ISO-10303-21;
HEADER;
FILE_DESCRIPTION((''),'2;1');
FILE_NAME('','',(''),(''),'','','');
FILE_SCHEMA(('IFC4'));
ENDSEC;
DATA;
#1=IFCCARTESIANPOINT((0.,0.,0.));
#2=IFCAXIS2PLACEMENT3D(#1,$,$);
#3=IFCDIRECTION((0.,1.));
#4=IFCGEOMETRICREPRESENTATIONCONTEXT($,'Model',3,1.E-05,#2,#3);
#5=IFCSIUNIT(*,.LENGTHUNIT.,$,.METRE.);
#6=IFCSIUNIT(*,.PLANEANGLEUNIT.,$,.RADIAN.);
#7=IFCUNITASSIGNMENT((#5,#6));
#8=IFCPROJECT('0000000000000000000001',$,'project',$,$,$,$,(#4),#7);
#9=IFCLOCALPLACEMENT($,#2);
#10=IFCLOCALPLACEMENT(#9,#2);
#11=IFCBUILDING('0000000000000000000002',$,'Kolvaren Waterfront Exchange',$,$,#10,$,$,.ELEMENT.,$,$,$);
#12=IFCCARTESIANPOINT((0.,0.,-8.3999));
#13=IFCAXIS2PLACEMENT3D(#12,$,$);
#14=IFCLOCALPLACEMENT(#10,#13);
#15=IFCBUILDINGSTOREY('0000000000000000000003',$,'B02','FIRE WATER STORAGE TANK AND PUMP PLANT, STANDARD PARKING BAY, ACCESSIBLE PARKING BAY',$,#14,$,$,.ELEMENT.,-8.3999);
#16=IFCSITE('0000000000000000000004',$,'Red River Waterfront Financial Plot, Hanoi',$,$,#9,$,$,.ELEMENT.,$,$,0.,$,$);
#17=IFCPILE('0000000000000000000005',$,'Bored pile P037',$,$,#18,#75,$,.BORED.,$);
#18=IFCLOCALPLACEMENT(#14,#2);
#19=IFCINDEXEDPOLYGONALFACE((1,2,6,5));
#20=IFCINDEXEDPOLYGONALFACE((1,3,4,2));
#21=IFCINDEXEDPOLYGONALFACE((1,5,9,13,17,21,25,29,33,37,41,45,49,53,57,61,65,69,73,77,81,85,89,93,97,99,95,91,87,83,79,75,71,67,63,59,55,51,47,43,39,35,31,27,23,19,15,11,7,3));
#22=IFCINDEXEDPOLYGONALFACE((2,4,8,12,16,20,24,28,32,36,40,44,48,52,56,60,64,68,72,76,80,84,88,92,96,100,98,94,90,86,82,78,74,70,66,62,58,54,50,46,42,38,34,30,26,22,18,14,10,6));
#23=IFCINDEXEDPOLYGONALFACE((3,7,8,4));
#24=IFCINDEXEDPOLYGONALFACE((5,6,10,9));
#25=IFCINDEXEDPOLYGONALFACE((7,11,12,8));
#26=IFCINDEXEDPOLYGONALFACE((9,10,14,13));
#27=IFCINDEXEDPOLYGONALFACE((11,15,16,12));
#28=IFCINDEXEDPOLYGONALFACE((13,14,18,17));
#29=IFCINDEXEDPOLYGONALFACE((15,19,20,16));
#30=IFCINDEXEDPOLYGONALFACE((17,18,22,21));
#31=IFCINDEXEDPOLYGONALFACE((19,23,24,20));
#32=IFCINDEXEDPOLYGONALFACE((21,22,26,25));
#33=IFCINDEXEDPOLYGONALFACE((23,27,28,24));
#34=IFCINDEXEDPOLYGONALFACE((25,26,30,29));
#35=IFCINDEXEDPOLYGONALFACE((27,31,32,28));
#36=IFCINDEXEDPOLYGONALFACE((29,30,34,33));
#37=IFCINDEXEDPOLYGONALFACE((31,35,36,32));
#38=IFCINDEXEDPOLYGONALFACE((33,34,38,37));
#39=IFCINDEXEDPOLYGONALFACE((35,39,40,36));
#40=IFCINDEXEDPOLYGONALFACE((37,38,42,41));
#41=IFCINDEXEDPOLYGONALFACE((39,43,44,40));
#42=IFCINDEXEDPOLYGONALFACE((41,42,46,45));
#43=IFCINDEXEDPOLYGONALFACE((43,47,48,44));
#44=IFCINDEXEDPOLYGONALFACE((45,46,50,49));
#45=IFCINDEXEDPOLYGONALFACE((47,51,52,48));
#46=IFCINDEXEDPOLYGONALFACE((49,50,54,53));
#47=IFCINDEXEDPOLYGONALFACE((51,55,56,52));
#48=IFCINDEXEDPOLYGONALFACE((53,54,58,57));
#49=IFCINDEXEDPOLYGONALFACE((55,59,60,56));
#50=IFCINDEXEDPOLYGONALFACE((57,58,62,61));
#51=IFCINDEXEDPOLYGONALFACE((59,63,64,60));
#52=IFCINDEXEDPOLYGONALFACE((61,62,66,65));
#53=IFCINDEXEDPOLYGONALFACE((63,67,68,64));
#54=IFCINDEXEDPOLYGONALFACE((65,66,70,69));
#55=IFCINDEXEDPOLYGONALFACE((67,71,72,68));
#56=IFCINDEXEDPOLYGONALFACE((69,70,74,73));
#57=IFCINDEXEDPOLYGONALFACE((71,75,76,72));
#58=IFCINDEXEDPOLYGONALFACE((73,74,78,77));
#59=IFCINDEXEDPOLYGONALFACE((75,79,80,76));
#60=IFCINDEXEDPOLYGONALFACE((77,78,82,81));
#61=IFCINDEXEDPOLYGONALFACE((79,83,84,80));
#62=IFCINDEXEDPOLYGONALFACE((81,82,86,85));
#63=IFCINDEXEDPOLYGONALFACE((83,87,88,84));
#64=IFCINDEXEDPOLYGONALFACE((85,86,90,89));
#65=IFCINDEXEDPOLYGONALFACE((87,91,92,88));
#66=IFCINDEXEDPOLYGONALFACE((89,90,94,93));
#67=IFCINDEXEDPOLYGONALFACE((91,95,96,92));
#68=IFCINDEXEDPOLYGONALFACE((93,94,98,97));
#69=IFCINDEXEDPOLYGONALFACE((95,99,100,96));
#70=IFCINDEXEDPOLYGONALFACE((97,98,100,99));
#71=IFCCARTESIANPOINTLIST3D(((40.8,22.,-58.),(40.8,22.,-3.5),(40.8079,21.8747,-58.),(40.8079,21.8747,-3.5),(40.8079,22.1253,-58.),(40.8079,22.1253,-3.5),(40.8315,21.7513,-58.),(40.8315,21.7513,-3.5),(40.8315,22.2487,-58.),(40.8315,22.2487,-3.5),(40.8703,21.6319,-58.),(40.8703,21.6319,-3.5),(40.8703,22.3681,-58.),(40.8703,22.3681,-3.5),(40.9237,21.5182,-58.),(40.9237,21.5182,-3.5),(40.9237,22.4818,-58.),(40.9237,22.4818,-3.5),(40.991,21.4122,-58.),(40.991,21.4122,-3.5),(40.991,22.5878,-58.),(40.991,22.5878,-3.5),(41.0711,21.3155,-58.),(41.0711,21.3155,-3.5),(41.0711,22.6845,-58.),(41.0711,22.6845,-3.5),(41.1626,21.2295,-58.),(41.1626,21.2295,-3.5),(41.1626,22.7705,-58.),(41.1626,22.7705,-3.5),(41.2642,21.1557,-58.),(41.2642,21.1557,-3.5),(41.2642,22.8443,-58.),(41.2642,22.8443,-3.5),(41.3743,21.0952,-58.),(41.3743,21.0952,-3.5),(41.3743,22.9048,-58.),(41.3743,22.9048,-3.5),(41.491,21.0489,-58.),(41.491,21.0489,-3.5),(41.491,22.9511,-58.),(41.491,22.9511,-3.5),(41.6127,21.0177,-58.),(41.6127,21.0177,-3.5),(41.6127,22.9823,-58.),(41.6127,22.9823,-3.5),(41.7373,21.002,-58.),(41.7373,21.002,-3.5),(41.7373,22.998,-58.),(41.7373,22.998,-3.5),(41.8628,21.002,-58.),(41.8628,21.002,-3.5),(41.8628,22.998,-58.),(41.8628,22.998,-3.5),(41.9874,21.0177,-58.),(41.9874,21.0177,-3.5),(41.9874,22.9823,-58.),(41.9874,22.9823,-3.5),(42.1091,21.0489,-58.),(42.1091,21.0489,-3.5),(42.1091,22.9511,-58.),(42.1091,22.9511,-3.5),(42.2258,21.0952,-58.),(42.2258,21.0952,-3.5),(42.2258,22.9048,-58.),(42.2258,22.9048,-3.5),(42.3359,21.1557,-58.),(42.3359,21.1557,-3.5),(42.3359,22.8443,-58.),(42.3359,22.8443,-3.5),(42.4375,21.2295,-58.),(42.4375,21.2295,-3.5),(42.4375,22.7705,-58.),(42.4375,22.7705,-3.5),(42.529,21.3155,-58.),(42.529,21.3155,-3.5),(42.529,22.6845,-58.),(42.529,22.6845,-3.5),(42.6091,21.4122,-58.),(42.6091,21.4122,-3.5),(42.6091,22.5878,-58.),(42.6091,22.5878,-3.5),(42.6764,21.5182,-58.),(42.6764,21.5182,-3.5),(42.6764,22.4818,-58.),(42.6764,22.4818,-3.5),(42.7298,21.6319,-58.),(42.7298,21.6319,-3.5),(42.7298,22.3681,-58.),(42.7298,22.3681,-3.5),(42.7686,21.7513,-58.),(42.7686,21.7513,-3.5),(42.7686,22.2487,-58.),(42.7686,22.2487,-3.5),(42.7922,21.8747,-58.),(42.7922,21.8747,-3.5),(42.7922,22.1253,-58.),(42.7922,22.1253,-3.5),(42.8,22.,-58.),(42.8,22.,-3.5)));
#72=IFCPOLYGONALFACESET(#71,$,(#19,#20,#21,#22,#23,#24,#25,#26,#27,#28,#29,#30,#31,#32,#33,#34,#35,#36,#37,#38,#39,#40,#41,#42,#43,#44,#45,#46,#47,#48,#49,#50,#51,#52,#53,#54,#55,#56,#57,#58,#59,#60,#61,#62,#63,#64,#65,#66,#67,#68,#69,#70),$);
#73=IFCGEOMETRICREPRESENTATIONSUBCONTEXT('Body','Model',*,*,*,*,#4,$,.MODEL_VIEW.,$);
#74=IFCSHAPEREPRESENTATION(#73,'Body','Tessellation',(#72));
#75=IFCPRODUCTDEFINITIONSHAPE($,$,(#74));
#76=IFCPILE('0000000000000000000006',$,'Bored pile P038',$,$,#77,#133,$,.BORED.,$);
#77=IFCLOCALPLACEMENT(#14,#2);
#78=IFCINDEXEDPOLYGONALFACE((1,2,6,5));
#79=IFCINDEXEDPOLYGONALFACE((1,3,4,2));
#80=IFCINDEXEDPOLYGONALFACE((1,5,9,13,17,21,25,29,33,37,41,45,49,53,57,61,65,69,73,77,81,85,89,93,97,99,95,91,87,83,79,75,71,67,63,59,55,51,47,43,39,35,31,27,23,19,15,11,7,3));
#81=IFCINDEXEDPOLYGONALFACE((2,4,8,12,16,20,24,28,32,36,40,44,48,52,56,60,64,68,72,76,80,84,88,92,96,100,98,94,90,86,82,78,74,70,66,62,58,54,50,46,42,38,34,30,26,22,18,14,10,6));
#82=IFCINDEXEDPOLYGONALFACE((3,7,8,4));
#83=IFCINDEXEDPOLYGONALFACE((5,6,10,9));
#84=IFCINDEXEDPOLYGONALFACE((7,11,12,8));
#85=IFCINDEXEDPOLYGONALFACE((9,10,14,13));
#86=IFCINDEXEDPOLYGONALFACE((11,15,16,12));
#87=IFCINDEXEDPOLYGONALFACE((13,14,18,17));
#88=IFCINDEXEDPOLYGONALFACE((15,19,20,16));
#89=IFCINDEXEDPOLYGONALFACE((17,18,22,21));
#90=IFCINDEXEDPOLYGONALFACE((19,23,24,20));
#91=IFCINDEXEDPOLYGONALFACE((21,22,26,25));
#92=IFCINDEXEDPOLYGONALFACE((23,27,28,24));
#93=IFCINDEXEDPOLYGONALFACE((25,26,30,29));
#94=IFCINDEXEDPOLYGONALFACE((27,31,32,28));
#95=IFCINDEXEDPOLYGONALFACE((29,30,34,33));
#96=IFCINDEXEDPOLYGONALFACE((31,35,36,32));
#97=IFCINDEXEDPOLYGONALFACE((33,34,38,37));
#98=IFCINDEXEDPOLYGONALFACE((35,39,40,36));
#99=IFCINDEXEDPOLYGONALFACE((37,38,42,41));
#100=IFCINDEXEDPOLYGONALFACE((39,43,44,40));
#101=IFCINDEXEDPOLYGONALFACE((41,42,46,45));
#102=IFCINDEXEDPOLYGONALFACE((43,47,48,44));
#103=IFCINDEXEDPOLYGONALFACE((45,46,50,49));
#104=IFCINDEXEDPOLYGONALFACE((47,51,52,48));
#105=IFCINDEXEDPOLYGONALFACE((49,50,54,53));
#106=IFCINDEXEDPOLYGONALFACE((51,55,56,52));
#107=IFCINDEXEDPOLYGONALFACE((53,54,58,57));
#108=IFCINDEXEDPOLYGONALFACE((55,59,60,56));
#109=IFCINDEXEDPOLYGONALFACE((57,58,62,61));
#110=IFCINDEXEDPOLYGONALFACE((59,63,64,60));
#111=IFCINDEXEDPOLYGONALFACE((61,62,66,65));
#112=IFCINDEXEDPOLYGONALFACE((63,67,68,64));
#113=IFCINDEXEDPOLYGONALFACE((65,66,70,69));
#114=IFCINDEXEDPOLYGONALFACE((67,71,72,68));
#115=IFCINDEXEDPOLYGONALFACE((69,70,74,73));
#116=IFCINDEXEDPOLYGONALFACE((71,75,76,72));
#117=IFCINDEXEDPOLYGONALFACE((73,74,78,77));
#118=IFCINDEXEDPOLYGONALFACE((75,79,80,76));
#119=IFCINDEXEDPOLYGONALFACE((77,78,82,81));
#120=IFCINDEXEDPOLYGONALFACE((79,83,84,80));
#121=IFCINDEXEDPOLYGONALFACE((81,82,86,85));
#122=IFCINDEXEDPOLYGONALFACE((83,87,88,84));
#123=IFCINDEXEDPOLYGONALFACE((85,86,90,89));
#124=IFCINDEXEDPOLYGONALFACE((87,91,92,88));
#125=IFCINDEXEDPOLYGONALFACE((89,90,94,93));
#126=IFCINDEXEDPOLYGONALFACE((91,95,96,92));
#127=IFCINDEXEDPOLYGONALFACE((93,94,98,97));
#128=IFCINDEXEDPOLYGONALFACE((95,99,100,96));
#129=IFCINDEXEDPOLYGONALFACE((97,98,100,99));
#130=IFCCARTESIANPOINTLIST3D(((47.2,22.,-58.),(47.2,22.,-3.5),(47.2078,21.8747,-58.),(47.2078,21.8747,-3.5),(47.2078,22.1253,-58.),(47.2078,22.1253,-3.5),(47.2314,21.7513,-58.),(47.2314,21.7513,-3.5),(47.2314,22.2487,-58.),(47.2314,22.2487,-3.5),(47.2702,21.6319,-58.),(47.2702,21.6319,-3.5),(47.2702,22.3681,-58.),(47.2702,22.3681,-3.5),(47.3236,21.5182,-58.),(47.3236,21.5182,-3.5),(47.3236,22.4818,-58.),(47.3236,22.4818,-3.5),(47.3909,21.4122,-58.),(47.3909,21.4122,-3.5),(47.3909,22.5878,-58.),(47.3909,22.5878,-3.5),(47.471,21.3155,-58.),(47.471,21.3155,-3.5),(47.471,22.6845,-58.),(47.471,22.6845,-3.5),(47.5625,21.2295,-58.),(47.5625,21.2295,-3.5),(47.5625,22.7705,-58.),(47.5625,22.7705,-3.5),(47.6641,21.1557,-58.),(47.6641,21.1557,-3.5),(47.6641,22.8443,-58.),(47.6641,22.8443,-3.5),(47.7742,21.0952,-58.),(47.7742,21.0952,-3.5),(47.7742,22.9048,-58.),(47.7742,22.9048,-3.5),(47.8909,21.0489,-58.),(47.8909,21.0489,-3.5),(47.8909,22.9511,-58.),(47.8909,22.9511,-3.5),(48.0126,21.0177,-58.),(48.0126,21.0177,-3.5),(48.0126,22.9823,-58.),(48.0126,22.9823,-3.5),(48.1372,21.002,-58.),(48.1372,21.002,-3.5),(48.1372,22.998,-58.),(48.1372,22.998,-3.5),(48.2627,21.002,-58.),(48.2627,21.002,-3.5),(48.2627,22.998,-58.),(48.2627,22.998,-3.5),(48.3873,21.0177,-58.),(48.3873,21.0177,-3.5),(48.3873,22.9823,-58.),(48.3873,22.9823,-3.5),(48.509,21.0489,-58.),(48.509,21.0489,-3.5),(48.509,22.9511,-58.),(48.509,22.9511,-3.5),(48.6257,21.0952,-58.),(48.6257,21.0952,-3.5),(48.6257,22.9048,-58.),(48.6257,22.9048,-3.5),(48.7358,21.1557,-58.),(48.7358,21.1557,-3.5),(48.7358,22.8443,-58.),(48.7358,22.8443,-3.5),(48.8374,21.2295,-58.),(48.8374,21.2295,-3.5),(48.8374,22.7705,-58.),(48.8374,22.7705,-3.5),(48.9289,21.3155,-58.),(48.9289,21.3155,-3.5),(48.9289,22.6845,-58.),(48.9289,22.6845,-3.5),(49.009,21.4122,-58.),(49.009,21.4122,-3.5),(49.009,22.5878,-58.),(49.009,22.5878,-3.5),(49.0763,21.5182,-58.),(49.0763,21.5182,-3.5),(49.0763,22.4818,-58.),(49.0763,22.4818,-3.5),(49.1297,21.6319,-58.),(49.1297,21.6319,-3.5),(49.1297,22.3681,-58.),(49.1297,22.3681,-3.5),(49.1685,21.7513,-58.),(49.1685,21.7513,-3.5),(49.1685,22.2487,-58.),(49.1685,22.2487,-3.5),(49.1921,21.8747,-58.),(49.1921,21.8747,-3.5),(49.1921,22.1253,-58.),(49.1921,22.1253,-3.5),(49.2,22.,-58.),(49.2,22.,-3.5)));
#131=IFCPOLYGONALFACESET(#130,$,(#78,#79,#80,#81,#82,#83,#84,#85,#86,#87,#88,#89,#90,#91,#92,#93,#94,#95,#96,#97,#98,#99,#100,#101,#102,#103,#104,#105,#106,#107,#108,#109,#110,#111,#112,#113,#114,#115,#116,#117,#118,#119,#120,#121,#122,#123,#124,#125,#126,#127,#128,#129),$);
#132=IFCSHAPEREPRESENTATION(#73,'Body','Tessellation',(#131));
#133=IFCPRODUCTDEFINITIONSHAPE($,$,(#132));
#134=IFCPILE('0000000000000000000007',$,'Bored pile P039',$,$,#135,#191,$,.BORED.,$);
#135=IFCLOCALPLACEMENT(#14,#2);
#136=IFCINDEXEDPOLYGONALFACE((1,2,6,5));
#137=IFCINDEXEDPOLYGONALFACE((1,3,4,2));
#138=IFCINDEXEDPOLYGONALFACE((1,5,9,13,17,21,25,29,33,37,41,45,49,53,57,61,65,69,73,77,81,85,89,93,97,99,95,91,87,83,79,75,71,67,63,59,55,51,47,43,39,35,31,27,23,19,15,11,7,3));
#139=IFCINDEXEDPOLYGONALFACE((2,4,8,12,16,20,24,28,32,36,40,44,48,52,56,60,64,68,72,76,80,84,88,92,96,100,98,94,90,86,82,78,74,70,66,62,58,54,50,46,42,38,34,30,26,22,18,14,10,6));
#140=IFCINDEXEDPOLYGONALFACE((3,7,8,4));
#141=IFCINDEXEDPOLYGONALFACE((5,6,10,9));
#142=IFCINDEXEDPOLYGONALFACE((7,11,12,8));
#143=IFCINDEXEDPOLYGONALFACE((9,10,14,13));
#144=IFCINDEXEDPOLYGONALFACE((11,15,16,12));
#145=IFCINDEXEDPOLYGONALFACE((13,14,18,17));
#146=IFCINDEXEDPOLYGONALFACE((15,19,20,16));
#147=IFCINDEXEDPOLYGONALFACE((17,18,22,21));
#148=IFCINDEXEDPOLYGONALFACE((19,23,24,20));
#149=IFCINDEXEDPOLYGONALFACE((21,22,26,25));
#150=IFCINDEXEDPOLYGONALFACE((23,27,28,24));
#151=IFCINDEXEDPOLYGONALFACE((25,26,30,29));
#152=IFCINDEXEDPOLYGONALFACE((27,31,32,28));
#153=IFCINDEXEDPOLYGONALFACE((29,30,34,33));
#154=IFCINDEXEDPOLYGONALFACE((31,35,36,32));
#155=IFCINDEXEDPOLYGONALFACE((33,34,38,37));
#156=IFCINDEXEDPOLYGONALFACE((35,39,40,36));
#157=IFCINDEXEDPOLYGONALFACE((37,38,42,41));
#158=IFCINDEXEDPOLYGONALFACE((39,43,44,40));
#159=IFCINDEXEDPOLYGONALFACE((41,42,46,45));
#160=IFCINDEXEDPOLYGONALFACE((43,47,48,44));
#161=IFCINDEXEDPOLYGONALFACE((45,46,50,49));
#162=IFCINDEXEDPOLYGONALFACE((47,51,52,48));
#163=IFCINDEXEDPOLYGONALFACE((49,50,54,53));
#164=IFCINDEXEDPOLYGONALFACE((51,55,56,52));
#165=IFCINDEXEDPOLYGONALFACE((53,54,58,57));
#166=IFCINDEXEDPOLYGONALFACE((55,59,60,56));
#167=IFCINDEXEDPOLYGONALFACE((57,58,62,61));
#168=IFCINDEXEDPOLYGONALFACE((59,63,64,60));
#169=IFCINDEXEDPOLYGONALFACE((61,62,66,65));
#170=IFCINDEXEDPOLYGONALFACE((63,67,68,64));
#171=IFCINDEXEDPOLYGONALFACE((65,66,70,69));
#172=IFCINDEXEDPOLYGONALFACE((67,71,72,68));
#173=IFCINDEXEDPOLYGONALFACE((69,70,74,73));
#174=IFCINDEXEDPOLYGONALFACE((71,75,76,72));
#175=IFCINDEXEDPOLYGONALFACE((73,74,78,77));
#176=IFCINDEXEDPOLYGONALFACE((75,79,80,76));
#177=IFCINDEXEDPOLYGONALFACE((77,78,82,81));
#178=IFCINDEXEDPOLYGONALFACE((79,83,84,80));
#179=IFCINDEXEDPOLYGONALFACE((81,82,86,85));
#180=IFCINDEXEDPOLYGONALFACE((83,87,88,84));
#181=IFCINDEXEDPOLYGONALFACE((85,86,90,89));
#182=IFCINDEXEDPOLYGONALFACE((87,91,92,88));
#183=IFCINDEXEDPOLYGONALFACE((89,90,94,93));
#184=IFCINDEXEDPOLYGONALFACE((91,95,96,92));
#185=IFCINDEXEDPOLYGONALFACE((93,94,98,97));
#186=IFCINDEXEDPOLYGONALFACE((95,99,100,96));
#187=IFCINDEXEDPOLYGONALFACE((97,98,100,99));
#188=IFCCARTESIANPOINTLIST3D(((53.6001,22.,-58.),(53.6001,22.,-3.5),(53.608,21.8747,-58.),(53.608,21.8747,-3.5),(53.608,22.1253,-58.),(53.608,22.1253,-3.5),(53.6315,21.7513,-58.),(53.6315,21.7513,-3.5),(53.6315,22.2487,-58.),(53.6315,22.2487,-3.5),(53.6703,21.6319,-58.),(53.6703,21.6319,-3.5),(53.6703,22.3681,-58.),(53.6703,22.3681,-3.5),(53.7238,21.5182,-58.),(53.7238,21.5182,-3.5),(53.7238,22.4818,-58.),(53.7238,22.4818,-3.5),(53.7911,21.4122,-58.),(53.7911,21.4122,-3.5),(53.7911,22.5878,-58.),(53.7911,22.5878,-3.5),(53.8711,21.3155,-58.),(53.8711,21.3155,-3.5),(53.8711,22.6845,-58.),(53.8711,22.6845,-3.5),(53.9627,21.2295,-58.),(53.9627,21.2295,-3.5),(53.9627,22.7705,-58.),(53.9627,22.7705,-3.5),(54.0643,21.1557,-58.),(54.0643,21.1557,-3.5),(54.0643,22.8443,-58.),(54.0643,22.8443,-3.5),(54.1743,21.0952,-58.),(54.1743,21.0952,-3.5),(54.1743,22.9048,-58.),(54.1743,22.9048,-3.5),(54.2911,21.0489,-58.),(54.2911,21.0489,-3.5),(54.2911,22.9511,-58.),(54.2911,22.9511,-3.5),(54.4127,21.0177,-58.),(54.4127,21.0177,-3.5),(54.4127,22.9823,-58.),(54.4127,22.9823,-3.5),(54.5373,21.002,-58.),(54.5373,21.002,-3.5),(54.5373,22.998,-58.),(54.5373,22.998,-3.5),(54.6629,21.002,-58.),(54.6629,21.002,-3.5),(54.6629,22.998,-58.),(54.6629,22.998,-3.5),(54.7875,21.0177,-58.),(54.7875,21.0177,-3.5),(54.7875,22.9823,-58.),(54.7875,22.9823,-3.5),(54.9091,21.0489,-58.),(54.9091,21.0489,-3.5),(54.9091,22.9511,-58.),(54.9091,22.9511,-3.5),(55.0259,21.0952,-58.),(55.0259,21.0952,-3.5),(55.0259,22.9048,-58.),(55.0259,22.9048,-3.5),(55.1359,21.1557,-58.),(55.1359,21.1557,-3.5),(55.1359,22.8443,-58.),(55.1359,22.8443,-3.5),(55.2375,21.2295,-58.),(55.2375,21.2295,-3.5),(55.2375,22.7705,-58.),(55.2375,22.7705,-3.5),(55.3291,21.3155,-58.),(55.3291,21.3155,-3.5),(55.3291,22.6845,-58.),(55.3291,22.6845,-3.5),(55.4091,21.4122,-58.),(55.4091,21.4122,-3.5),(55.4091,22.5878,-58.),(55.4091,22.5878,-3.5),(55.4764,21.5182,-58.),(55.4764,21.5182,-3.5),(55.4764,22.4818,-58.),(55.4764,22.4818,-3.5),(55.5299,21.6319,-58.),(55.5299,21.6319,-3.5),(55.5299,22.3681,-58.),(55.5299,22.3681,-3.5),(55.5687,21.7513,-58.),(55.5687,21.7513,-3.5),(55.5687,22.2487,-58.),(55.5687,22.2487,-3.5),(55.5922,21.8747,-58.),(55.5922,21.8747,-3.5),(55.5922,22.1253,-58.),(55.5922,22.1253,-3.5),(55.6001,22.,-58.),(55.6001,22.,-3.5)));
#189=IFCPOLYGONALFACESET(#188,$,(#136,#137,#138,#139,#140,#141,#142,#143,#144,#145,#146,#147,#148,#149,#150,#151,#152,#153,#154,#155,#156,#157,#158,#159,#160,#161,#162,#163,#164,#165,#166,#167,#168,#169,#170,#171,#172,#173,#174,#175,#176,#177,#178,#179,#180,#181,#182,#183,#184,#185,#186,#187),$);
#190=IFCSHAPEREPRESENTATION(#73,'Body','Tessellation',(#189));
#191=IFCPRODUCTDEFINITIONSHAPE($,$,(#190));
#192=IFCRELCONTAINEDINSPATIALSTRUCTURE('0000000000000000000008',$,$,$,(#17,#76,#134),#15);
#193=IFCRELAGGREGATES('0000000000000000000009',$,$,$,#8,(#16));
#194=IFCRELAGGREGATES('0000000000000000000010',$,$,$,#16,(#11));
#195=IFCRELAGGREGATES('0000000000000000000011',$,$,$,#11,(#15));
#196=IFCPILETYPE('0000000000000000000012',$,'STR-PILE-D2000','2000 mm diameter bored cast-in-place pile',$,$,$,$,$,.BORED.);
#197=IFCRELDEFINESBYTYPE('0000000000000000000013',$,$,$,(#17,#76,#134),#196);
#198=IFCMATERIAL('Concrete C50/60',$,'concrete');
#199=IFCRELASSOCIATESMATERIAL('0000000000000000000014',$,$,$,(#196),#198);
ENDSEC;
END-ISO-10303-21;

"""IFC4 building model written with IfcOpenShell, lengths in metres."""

from ifc_helpers import new_model, si_unit, direction, frame, origin, origin_2d, place, context, subcontext, project, spatial, circle, extrude, material, material_profile, profile_set, type_object, element, save


model = new_model("IFC4")

# Units and contexts
model_context = context("Model", 3, precision=1e-05, world=origin(), true_north=direction((0.0, 1.0)))
body_context = subcontext(model_context, "Body", "Model", "MODEL_VIEW")
ifc_project = project(units=[si_unit("LENGTHUNIT", "METRE"), si_unit("PLANEANGLEUNIT", "RADIAN")], contexts=[model_context])

# Site, building, storey
site_placement = place(None, origin())
site = spatial("IfcSite", under=ifc_project, at=site_placement, Name="Red River Waterfront Financial Plot, Hanoi", CompositionType="ELEMENT", RefElevation=0.0)
building_placement = place(site_placement, origin())
building = spatial("IfcBuilding", under=site, at=building_placement, Name="Kolvaren Waterfront Exchange", CompositionType="ELEMENT")
storey_placement = place(building_placement, frame((0.0, 0.0, -8.3999)))
storey = spatial("IfcBuildingStorey", under=building, at=storey_placement, Name="B02", Description="FIRE WATER STORAGE TANK AND PUMP PLANT, STANDARD PARKING BAY, ACCESSIBLE PARKING BAY", CompositionType="ELEMENT", Elevation=-8.3999)

# Piles
ifc_material_1 = material(Name="Concrete C50/60", Category="concrete")
ifc_material_profile_1 = material_profile(ifc_material_1, circle(Radius=1.0, at=origin_2d()), Name="RC-PILE-D2000")
ifc_profile_set_1 = profile_set([ifc_material_profile_1], Name="Concrete C50/60")
pile_type = type_object("IfcPileType", Name="STR-PILE-D2000", Description="2000 mm diameter bored cast-in-place pile", PredefinedType="BORED", material=ifc_profile_set_1)
for number, where, z_axis, x_axis, name in (
    (1, (41.8, 22.0, -3.5), (0.0, 0.0, -1.0), (1.0, 0.0, 0.0), "Bored pile P037"),
    (2, (48.2, 22.0, -3.5), (0.0, 0.0, -1.0), (1.0, 0.0, 0.0), "Bored pile P038"),
    (3, (54.6001, 22.0, -3.5), (0.0, 0.0, -1.0), (1.0, 0.0, 0.0), "Bored pile P039"),
):
    element("IfcPile", number, at=place(storey_placement, frame(where, z_axis=z_axis, x_axis=x_axis)), inside=storey, type_object=pile_type, Name=name, PredefinedType="BORED", context=body_context, shape_type="SweptSolid", body=[
        extrude(circle(Radius=1.0, at=origin_2d()), origin(), (0.0, 0.0, 1.0), 54.5),
    ])

save(model, "model.ifc")
